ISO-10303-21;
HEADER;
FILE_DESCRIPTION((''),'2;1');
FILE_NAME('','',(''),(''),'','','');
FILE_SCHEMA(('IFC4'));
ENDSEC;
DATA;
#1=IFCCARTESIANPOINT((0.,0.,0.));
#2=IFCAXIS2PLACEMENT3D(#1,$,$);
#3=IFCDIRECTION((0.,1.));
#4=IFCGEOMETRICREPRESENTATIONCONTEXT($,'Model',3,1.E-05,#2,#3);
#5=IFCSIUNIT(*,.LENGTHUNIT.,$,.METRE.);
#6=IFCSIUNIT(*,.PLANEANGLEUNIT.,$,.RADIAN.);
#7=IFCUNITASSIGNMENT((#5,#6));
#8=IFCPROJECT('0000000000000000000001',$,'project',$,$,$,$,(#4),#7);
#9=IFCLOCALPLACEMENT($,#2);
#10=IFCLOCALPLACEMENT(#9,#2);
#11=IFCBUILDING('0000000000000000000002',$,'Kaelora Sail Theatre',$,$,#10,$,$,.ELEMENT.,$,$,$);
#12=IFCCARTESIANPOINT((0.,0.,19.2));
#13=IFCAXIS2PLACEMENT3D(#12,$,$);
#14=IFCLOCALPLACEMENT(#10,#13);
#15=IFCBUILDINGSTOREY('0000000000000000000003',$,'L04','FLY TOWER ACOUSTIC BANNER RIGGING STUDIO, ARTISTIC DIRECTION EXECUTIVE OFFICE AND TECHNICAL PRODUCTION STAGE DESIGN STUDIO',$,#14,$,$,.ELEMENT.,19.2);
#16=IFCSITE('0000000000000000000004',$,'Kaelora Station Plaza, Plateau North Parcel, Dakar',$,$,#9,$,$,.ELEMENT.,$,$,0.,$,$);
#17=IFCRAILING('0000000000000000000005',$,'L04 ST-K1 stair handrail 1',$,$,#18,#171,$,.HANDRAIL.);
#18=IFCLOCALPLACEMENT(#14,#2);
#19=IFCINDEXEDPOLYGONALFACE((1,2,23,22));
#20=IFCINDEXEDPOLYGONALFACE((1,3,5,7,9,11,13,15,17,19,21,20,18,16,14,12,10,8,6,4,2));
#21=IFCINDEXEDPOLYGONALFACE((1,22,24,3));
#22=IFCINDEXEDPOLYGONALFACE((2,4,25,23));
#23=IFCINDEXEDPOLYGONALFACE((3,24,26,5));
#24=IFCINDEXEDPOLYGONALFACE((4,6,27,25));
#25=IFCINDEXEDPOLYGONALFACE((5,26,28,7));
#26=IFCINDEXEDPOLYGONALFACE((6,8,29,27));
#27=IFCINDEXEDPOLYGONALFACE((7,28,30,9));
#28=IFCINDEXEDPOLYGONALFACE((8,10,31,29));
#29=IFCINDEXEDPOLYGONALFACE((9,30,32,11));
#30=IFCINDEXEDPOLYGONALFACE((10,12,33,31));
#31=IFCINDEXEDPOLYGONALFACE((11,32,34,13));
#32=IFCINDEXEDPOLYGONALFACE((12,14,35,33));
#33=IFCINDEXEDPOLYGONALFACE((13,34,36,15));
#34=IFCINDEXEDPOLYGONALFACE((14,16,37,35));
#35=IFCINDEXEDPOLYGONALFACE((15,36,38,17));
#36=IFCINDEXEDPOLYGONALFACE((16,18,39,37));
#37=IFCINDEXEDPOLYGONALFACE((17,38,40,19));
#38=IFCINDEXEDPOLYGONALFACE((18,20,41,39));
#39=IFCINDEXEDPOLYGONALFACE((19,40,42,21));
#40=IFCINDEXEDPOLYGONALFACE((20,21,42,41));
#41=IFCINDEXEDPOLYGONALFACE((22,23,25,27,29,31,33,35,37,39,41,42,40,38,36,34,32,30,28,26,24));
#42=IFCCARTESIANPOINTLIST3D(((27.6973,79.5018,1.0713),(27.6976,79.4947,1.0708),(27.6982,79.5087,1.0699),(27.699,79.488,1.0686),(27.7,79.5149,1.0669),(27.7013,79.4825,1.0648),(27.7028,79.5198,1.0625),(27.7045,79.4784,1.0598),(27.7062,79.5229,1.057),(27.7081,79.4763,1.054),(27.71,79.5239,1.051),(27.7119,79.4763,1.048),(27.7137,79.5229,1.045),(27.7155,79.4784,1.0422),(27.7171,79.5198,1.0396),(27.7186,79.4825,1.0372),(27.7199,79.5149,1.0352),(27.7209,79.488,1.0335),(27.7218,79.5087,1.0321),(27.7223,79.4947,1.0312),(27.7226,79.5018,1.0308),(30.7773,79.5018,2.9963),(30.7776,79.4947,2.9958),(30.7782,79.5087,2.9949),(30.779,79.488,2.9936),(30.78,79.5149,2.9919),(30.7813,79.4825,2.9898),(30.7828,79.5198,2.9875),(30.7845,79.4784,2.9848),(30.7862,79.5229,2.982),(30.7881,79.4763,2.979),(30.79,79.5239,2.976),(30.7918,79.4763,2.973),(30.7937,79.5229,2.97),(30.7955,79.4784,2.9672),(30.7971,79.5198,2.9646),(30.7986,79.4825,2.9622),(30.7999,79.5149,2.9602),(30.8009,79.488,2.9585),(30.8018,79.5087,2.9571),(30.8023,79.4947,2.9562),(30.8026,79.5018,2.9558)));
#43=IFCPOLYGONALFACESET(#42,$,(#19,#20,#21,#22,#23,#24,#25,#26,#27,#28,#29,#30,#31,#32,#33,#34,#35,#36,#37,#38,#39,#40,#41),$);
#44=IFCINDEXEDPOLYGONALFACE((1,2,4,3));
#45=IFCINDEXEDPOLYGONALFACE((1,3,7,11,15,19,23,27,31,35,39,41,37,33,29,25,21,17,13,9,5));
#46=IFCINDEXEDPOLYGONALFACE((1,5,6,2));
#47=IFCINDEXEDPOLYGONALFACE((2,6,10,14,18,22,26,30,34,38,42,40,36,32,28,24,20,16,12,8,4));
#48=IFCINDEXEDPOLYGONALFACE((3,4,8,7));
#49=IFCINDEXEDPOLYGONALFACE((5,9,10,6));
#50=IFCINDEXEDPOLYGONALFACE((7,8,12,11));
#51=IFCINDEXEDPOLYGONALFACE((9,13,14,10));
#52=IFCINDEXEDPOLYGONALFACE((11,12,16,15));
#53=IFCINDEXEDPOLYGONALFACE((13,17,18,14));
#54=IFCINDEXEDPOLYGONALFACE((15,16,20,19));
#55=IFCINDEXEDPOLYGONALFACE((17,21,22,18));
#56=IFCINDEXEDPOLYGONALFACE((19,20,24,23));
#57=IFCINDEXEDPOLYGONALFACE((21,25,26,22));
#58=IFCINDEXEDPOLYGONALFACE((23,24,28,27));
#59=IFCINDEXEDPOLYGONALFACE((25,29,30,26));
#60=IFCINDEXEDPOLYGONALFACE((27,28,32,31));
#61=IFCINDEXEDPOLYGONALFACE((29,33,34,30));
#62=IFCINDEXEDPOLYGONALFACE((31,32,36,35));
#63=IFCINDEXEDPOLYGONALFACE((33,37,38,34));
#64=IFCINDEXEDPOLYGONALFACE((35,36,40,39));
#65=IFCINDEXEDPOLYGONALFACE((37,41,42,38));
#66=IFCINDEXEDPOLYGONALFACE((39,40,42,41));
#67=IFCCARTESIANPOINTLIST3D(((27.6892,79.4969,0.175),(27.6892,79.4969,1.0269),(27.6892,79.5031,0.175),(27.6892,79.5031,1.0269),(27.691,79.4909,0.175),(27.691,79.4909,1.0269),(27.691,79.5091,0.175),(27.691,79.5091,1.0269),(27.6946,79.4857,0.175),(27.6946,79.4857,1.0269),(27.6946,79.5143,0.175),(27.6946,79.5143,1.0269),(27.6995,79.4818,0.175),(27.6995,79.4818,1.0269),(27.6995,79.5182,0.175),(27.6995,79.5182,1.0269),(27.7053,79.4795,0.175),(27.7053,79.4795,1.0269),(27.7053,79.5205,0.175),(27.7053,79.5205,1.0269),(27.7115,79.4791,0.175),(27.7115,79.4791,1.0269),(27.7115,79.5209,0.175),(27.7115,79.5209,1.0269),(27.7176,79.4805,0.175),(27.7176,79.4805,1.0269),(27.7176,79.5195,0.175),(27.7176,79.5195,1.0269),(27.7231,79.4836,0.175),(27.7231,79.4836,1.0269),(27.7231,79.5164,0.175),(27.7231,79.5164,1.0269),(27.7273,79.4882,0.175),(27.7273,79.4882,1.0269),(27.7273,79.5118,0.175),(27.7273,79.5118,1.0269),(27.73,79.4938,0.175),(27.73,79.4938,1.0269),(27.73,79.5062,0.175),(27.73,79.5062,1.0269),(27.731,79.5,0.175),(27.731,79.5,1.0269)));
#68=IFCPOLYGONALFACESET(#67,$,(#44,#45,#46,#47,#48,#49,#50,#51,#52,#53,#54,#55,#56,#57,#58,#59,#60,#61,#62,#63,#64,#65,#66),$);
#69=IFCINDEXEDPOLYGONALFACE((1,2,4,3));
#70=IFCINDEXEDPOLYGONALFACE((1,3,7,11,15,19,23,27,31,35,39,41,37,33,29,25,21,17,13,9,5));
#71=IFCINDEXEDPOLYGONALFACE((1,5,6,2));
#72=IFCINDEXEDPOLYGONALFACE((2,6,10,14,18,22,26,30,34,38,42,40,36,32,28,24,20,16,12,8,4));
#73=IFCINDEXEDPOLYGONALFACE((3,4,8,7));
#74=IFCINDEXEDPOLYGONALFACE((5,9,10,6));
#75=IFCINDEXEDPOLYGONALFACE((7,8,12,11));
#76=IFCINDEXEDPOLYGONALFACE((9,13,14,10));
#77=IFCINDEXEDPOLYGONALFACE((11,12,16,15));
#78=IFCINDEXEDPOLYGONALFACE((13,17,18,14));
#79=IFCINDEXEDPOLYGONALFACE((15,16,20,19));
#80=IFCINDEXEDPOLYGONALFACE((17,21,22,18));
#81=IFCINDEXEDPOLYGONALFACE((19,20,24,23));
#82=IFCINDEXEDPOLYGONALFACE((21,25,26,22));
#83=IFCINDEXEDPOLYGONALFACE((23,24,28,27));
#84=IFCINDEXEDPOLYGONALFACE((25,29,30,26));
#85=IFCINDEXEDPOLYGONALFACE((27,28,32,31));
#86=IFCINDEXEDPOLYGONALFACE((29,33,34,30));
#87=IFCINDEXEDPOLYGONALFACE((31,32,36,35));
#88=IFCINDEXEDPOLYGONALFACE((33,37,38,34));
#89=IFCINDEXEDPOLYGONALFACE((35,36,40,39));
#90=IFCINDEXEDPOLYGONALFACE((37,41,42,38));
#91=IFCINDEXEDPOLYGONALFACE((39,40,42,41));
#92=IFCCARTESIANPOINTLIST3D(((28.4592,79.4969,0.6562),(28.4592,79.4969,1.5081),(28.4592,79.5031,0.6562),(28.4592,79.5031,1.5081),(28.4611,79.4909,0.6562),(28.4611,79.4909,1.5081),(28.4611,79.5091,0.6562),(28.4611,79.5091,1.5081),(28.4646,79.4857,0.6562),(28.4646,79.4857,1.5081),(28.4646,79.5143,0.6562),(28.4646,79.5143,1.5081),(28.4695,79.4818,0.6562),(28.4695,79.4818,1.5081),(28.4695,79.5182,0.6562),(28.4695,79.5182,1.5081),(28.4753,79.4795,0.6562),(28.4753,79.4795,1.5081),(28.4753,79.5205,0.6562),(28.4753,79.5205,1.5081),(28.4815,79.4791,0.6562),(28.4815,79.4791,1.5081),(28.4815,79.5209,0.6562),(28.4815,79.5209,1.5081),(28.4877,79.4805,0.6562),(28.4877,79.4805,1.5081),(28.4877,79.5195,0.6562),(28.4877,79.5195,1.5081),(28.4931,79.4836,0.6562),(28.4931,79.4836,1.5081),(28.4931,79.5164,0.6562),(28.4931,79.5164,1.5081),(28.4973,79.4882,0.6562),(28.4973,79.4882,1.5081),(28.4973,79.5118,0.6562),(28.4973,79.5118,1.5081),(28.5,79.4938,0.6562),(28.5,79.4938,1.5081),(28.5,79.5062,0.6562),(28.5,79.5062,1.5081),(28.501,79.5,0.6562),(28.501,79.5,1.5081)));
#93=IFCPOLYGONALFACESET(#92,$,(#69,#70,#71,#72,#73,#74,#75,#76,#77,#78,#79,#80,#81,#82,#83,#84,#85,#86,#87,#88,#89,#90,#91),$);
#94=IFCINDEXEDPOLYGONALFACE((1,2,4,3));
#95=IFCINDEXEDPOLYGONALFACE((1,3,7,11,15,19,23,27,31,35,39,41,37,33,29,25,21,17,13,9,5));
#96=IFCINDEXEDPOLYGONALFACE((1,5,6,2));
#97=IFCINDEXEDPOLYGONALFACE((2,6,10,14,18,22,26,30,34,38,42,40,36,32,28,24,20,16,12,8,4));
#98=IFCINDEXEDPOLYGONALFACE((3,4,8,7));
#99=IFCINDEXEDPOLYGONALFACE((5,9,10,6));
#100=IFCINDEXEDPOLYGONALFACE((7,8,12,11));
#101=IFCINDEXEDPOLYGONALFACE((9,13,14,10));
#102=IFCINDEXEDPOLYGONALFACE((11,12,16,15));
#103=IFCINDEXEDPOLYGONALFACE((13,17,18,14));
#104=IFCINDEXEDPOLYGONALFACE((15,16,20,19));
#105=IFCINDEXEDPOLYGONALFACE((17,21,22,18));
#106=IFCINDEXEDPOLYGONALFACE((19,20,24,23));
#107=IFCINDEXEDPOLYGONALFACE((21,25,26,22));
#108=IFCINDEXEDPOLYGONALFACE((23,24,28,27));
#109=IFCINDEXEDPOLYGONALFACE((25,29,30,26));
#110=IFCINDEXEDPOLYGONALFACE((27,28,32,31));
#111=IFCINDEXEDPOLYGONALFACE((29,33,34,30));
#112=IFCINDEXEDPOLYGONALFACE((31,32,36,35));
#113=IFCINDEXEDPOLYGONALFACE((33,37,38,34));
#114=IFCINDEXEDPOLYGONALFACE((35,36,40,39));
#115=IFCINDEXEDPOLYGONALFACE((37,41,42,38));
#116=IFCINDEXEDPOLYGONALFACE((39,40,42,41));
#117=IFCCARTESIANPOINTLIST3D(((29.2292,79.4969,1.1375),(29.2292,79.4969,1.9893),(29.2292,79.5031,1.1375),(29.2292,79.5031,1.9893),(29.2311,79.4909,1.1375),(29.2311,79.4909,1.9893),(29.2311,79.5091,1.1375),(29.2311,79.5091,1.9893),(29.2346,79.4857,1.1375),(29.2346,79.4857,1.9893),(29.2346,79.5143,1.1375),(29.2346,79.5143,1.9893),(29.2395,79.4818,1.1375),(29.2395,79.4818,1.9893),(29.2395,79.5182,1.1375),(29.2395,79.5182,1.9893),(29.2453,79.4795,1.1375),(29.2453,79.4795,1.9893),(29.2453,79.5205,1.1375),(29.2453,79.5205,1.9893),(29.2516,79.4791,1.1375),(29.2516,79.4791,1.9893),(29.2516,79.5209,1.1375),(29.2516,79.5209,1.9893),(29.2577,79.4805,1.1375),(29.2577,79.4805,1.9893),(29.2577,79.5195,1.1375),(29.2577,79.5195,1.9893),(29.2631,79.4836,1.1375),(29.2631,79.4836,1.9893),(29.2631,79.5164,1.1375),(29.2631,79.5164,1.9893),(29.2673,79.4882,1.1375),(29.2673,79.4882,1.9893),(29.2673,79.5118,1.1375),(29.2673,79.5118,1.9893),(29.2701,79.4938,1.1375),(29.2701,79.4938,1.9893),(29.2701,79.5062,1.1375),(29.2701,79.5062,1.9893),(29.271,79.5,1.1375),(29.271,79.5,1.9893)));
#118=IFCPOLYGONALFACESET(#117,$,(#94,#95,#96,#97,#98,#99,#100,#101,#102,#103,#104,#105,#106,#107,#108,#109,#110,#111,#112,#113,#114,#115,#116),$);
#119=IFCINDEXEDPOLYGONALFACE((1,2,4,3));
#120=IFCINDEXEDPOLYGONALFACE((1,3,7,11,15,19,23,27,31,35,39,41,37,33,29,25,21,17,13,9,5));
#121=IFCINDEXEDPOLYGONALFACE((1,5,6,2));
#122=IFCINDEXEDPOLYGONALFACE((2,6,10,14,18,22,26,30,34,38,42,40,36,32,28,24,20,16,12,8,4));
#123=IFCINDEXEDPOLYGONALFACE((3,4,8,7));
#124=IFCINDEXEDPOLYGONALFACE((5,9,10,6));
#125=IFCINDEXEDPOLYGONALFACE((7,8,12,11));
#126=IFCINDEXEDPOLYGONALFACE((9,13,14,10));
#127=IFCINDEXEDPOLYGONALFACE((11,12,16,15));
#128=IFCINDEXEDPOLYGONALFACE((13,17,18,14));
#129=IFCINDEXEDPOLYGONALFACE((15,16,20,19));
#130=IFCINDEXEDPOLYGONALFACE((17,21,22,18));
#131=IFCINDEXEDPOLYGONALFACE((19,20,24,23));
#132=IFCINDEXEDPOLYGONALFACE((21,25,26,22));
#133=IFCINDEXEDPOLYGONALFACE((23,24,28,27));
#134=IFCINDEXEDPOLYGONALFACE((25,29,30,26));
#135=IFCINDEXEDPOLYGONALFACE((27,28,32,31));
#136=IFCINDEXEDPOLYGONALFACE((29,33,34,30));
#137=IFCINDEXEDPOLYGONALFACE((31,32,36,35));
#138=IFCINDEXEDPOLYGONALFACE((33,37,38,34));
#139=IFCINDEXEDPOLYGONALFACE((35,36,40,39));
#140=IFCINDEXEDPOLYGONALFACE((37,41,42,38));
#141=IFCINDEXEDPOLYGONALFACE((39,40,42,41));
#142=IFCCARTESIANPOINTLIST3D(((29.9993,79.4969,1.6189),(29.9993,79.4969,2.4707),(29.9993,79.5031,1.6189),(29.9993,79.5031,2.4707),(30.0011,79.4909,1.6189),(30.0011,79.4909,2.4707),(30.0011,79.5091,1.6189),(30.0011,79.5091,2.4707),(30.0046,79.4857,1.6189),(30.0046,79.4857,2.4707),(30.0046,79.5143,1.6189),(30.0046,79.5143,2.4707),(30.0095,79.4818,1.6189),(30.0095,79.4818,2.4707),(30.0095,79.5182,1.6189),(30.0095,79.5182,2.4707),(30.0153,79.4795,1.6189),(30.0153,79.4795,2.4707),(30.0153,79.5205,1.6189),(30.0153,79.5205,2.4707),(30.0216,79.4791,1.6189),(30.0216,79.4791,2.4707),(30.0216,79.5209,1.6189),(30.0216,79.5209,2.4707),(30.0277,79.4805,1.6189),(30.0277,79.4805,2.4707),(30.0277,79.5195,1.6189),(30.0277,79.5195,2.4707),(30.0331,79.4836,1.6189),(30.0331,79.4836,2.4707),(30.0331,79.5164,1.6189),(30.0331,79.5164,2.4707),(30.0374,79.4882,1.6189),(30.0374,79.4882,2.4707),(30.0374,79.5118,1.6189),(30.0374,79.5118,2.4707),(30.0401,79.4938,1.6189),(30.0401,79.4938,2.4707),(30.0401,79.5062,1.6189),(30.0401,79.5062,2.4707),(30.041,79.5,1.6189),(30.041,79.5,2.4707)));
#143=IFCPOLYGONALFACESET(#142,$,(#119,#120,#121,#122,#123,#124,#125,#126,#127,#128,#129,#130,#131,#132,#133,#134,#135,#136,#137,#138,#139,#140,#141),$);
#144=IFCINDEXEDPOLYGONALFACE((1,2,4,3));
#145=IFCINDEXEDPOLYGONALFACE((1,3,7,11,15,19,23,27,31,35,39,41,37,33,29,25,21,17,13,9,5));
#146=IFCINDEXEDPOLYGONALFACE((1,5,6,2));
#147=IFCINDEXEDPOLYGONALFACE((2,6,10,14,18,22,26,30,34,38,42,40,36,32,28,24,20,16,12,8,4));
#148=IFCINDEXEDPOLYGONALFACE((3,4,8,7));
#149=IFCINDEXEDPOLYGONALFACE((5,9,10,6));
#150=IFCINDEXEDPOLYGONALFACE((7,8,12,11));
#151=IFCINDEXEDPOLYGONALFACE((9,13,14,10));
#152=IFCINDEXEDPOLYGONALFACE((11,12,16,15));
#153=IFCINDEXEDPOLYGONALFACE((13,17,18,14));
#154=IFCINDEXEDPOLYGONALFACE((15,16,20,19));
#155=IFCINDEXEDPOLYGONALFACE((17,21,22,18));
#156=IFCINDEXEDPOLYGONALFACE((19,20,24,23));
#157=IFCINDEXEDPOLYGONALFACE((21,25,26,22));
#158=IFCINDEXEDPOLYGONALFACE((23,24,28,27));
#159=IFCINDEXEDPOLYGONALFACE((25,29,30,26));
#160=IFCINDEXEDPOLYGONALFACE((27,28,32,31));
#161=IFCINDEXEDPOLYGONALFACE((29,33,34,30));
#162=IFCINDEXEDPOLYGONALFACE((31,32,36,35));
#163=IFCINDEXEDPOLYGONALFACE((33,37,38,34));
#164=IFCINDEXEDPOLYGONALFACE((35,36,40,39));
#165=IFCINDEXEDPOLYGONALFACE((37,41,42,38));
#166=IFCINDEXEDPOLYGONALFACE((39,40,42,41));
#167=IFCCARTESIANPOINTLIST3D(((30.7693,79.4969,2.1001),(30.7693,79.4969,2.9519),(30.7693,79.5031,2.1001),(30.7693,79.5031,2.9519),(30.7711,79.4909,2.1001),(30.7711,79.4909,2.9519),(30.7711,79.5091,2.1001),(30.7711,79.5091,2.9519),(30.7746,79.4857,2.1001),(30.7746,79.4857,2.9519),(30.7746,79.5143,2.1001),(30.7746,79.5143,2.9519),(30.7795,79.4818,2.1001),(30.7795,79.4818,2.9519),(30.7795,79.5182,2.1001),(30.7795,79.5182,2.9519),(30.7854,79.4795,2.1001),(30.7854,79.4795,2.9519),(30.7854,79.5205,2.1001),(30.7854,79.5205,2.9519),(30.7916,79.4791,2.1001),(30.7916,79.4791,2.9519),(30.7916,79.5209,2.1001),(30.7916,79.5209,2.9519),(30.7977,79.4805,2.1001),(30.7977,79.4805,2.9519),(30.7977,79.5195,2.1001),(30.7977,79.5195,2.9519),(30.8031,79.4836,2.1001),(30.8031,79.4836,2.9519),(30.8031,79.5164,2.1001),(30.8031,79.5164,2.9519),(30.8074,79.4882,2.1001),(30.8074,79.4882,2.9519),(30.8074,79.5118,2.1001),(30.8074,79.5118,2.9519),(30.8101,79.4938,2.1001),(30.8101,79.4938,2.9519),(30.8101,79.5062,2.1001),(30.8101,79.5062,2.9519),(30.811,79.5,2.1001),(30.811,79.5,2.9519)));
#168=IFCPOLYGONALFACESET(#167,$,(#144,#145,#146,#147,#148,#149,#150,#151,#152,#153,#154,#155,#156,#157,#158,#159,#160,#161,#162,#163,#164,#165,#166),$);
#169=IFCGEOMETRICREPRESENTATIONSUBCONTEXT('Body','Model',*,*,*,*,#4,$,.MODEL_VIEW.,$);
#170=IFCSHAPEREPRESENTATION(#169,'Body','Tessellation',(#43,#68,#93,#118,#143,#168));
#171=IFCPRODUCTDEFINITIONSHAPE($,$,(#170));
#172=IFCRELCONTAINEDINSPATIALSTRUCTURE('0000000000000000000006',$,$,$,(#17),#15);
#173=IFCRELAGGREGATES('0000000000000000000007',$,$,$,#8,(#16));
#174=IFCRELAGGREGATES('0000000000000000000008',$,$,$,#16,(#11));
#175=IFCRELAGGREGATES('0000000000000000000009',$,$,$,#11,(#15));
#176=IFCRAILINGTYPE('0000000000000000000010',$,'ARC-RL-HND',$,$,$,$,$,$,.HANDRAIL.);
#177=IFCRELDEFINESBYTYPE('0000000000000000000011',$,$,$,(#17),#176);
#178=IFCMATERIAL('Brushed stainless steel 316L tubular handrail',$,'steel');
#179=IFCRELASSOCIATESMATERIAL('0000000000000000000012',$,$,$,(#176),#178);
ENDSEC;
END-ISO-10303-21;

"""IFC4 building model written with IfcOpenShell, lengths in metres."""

from ifc_helpers import new_model, si_unit, direction, frame, origin, origin_2d, place, context, subcontext, project, spatial, circle, extrude, material, type_object, element, save


model = new_model("IFC4")

# Units and contexts
model_context = context("Model", 3, precision=1e-05, world=origin(), true_north=direction((0.0, 1.0)))
body_context = subcontext(model_context, "Body", "Model", "MODEL_VIEW")
ifc_project = project(units=[si_unit("LENGTHUNIT", "METRE"), si_unit("PLANEANGLEUNIT", "RADIAN")], contexts=[model_context])

# Site, building, storey
site_placement = place(None, origin())
site = spatial("IfcSite", under=ifc_project, at=site_placement, Name="Kaelora Station Plaza, Plateau North Parcel, Dakar", CompositionType="ELEMENT", RefElevation=0.0)
building_placement = place(site_placement, origin())
building = spatial("IfcBuilding", under=site, at=building_placement, Name="Kaelora Sail Theatre", CompositionType="ELEMENT")
storey_placement = place(building_placement, frame((0.0, 0.0, 19.2)))
storey = spatial("IfcBuildingStorey", under=building, at=storey_placement, Name="L04", Description="FLY TOWER ACOUSTIC BANNER RIGGING STUDIO, ARTISTIC DIRECTION EXECUTIVE OFFICE AND TECHNICAL PRODUCTION STAGE DESIGN STUDIO", CompositionType="ELEMENT", Elevation=19.2)

# Railing
ifc_material_1 = material(Name="Brushed stainless steel 316L tubular handrail", Category="steel")
railing_type_1 = type_object("IfcRailingType", Name="ARC-RL-HND", PredefinedType="HANDRAIL", material=ifc_material_1)
railing_1_placement = place(storey_placement, frame((27.71, 79.5, 0.175)))
element("IfcRailing", 1, at=railing_1_placement, inside=storey, type_object=railing_type_1, Name="L04 ST-K1 stair handrail 1", PredefinedType="HANDRAIL", context=body_context, shape_type="SweptSolid", body=[
    extrude(circle(Radius=0.0239, at=origin_2d()), frame((0.0, 0.0, 0.876), z_axis=(0.847998, 0.0, 0.529999), x_axis=(0.0, 1.0, 0.0)), (0.0, 0.0, 1.0), 3.6321),
    extrude(circle(Radius=0.021, at=origin_2d()), origin(), (0.0, 0.0, 1.0), 0.8518),
    extrude(circle(Radius=0.021, at=origin_2d()), frame((0.77, 0.0, 0.4812)), (0.0, 0.0, 1.0), 0.8518),
    extrude(circle(Radius=0.021, at=origin_2d()), frame((1.54, 0.0, 0.9624)), (0.0, 0.0, 1.0), 0.8518),
    extrude(circle(Radius=0.021, at=origin_2d()), frame((2.3101, 0.0, 1.4438)), (0.0, 0.0, 1.0), 0.8518),
    extrude(circle(Radius=0.021, at=origin_2d()), frame((3.0801, 0.0, 1.925)), (0.0, 0.0, 1.0), 0.8518),
])

save(model, "model.ifc")
